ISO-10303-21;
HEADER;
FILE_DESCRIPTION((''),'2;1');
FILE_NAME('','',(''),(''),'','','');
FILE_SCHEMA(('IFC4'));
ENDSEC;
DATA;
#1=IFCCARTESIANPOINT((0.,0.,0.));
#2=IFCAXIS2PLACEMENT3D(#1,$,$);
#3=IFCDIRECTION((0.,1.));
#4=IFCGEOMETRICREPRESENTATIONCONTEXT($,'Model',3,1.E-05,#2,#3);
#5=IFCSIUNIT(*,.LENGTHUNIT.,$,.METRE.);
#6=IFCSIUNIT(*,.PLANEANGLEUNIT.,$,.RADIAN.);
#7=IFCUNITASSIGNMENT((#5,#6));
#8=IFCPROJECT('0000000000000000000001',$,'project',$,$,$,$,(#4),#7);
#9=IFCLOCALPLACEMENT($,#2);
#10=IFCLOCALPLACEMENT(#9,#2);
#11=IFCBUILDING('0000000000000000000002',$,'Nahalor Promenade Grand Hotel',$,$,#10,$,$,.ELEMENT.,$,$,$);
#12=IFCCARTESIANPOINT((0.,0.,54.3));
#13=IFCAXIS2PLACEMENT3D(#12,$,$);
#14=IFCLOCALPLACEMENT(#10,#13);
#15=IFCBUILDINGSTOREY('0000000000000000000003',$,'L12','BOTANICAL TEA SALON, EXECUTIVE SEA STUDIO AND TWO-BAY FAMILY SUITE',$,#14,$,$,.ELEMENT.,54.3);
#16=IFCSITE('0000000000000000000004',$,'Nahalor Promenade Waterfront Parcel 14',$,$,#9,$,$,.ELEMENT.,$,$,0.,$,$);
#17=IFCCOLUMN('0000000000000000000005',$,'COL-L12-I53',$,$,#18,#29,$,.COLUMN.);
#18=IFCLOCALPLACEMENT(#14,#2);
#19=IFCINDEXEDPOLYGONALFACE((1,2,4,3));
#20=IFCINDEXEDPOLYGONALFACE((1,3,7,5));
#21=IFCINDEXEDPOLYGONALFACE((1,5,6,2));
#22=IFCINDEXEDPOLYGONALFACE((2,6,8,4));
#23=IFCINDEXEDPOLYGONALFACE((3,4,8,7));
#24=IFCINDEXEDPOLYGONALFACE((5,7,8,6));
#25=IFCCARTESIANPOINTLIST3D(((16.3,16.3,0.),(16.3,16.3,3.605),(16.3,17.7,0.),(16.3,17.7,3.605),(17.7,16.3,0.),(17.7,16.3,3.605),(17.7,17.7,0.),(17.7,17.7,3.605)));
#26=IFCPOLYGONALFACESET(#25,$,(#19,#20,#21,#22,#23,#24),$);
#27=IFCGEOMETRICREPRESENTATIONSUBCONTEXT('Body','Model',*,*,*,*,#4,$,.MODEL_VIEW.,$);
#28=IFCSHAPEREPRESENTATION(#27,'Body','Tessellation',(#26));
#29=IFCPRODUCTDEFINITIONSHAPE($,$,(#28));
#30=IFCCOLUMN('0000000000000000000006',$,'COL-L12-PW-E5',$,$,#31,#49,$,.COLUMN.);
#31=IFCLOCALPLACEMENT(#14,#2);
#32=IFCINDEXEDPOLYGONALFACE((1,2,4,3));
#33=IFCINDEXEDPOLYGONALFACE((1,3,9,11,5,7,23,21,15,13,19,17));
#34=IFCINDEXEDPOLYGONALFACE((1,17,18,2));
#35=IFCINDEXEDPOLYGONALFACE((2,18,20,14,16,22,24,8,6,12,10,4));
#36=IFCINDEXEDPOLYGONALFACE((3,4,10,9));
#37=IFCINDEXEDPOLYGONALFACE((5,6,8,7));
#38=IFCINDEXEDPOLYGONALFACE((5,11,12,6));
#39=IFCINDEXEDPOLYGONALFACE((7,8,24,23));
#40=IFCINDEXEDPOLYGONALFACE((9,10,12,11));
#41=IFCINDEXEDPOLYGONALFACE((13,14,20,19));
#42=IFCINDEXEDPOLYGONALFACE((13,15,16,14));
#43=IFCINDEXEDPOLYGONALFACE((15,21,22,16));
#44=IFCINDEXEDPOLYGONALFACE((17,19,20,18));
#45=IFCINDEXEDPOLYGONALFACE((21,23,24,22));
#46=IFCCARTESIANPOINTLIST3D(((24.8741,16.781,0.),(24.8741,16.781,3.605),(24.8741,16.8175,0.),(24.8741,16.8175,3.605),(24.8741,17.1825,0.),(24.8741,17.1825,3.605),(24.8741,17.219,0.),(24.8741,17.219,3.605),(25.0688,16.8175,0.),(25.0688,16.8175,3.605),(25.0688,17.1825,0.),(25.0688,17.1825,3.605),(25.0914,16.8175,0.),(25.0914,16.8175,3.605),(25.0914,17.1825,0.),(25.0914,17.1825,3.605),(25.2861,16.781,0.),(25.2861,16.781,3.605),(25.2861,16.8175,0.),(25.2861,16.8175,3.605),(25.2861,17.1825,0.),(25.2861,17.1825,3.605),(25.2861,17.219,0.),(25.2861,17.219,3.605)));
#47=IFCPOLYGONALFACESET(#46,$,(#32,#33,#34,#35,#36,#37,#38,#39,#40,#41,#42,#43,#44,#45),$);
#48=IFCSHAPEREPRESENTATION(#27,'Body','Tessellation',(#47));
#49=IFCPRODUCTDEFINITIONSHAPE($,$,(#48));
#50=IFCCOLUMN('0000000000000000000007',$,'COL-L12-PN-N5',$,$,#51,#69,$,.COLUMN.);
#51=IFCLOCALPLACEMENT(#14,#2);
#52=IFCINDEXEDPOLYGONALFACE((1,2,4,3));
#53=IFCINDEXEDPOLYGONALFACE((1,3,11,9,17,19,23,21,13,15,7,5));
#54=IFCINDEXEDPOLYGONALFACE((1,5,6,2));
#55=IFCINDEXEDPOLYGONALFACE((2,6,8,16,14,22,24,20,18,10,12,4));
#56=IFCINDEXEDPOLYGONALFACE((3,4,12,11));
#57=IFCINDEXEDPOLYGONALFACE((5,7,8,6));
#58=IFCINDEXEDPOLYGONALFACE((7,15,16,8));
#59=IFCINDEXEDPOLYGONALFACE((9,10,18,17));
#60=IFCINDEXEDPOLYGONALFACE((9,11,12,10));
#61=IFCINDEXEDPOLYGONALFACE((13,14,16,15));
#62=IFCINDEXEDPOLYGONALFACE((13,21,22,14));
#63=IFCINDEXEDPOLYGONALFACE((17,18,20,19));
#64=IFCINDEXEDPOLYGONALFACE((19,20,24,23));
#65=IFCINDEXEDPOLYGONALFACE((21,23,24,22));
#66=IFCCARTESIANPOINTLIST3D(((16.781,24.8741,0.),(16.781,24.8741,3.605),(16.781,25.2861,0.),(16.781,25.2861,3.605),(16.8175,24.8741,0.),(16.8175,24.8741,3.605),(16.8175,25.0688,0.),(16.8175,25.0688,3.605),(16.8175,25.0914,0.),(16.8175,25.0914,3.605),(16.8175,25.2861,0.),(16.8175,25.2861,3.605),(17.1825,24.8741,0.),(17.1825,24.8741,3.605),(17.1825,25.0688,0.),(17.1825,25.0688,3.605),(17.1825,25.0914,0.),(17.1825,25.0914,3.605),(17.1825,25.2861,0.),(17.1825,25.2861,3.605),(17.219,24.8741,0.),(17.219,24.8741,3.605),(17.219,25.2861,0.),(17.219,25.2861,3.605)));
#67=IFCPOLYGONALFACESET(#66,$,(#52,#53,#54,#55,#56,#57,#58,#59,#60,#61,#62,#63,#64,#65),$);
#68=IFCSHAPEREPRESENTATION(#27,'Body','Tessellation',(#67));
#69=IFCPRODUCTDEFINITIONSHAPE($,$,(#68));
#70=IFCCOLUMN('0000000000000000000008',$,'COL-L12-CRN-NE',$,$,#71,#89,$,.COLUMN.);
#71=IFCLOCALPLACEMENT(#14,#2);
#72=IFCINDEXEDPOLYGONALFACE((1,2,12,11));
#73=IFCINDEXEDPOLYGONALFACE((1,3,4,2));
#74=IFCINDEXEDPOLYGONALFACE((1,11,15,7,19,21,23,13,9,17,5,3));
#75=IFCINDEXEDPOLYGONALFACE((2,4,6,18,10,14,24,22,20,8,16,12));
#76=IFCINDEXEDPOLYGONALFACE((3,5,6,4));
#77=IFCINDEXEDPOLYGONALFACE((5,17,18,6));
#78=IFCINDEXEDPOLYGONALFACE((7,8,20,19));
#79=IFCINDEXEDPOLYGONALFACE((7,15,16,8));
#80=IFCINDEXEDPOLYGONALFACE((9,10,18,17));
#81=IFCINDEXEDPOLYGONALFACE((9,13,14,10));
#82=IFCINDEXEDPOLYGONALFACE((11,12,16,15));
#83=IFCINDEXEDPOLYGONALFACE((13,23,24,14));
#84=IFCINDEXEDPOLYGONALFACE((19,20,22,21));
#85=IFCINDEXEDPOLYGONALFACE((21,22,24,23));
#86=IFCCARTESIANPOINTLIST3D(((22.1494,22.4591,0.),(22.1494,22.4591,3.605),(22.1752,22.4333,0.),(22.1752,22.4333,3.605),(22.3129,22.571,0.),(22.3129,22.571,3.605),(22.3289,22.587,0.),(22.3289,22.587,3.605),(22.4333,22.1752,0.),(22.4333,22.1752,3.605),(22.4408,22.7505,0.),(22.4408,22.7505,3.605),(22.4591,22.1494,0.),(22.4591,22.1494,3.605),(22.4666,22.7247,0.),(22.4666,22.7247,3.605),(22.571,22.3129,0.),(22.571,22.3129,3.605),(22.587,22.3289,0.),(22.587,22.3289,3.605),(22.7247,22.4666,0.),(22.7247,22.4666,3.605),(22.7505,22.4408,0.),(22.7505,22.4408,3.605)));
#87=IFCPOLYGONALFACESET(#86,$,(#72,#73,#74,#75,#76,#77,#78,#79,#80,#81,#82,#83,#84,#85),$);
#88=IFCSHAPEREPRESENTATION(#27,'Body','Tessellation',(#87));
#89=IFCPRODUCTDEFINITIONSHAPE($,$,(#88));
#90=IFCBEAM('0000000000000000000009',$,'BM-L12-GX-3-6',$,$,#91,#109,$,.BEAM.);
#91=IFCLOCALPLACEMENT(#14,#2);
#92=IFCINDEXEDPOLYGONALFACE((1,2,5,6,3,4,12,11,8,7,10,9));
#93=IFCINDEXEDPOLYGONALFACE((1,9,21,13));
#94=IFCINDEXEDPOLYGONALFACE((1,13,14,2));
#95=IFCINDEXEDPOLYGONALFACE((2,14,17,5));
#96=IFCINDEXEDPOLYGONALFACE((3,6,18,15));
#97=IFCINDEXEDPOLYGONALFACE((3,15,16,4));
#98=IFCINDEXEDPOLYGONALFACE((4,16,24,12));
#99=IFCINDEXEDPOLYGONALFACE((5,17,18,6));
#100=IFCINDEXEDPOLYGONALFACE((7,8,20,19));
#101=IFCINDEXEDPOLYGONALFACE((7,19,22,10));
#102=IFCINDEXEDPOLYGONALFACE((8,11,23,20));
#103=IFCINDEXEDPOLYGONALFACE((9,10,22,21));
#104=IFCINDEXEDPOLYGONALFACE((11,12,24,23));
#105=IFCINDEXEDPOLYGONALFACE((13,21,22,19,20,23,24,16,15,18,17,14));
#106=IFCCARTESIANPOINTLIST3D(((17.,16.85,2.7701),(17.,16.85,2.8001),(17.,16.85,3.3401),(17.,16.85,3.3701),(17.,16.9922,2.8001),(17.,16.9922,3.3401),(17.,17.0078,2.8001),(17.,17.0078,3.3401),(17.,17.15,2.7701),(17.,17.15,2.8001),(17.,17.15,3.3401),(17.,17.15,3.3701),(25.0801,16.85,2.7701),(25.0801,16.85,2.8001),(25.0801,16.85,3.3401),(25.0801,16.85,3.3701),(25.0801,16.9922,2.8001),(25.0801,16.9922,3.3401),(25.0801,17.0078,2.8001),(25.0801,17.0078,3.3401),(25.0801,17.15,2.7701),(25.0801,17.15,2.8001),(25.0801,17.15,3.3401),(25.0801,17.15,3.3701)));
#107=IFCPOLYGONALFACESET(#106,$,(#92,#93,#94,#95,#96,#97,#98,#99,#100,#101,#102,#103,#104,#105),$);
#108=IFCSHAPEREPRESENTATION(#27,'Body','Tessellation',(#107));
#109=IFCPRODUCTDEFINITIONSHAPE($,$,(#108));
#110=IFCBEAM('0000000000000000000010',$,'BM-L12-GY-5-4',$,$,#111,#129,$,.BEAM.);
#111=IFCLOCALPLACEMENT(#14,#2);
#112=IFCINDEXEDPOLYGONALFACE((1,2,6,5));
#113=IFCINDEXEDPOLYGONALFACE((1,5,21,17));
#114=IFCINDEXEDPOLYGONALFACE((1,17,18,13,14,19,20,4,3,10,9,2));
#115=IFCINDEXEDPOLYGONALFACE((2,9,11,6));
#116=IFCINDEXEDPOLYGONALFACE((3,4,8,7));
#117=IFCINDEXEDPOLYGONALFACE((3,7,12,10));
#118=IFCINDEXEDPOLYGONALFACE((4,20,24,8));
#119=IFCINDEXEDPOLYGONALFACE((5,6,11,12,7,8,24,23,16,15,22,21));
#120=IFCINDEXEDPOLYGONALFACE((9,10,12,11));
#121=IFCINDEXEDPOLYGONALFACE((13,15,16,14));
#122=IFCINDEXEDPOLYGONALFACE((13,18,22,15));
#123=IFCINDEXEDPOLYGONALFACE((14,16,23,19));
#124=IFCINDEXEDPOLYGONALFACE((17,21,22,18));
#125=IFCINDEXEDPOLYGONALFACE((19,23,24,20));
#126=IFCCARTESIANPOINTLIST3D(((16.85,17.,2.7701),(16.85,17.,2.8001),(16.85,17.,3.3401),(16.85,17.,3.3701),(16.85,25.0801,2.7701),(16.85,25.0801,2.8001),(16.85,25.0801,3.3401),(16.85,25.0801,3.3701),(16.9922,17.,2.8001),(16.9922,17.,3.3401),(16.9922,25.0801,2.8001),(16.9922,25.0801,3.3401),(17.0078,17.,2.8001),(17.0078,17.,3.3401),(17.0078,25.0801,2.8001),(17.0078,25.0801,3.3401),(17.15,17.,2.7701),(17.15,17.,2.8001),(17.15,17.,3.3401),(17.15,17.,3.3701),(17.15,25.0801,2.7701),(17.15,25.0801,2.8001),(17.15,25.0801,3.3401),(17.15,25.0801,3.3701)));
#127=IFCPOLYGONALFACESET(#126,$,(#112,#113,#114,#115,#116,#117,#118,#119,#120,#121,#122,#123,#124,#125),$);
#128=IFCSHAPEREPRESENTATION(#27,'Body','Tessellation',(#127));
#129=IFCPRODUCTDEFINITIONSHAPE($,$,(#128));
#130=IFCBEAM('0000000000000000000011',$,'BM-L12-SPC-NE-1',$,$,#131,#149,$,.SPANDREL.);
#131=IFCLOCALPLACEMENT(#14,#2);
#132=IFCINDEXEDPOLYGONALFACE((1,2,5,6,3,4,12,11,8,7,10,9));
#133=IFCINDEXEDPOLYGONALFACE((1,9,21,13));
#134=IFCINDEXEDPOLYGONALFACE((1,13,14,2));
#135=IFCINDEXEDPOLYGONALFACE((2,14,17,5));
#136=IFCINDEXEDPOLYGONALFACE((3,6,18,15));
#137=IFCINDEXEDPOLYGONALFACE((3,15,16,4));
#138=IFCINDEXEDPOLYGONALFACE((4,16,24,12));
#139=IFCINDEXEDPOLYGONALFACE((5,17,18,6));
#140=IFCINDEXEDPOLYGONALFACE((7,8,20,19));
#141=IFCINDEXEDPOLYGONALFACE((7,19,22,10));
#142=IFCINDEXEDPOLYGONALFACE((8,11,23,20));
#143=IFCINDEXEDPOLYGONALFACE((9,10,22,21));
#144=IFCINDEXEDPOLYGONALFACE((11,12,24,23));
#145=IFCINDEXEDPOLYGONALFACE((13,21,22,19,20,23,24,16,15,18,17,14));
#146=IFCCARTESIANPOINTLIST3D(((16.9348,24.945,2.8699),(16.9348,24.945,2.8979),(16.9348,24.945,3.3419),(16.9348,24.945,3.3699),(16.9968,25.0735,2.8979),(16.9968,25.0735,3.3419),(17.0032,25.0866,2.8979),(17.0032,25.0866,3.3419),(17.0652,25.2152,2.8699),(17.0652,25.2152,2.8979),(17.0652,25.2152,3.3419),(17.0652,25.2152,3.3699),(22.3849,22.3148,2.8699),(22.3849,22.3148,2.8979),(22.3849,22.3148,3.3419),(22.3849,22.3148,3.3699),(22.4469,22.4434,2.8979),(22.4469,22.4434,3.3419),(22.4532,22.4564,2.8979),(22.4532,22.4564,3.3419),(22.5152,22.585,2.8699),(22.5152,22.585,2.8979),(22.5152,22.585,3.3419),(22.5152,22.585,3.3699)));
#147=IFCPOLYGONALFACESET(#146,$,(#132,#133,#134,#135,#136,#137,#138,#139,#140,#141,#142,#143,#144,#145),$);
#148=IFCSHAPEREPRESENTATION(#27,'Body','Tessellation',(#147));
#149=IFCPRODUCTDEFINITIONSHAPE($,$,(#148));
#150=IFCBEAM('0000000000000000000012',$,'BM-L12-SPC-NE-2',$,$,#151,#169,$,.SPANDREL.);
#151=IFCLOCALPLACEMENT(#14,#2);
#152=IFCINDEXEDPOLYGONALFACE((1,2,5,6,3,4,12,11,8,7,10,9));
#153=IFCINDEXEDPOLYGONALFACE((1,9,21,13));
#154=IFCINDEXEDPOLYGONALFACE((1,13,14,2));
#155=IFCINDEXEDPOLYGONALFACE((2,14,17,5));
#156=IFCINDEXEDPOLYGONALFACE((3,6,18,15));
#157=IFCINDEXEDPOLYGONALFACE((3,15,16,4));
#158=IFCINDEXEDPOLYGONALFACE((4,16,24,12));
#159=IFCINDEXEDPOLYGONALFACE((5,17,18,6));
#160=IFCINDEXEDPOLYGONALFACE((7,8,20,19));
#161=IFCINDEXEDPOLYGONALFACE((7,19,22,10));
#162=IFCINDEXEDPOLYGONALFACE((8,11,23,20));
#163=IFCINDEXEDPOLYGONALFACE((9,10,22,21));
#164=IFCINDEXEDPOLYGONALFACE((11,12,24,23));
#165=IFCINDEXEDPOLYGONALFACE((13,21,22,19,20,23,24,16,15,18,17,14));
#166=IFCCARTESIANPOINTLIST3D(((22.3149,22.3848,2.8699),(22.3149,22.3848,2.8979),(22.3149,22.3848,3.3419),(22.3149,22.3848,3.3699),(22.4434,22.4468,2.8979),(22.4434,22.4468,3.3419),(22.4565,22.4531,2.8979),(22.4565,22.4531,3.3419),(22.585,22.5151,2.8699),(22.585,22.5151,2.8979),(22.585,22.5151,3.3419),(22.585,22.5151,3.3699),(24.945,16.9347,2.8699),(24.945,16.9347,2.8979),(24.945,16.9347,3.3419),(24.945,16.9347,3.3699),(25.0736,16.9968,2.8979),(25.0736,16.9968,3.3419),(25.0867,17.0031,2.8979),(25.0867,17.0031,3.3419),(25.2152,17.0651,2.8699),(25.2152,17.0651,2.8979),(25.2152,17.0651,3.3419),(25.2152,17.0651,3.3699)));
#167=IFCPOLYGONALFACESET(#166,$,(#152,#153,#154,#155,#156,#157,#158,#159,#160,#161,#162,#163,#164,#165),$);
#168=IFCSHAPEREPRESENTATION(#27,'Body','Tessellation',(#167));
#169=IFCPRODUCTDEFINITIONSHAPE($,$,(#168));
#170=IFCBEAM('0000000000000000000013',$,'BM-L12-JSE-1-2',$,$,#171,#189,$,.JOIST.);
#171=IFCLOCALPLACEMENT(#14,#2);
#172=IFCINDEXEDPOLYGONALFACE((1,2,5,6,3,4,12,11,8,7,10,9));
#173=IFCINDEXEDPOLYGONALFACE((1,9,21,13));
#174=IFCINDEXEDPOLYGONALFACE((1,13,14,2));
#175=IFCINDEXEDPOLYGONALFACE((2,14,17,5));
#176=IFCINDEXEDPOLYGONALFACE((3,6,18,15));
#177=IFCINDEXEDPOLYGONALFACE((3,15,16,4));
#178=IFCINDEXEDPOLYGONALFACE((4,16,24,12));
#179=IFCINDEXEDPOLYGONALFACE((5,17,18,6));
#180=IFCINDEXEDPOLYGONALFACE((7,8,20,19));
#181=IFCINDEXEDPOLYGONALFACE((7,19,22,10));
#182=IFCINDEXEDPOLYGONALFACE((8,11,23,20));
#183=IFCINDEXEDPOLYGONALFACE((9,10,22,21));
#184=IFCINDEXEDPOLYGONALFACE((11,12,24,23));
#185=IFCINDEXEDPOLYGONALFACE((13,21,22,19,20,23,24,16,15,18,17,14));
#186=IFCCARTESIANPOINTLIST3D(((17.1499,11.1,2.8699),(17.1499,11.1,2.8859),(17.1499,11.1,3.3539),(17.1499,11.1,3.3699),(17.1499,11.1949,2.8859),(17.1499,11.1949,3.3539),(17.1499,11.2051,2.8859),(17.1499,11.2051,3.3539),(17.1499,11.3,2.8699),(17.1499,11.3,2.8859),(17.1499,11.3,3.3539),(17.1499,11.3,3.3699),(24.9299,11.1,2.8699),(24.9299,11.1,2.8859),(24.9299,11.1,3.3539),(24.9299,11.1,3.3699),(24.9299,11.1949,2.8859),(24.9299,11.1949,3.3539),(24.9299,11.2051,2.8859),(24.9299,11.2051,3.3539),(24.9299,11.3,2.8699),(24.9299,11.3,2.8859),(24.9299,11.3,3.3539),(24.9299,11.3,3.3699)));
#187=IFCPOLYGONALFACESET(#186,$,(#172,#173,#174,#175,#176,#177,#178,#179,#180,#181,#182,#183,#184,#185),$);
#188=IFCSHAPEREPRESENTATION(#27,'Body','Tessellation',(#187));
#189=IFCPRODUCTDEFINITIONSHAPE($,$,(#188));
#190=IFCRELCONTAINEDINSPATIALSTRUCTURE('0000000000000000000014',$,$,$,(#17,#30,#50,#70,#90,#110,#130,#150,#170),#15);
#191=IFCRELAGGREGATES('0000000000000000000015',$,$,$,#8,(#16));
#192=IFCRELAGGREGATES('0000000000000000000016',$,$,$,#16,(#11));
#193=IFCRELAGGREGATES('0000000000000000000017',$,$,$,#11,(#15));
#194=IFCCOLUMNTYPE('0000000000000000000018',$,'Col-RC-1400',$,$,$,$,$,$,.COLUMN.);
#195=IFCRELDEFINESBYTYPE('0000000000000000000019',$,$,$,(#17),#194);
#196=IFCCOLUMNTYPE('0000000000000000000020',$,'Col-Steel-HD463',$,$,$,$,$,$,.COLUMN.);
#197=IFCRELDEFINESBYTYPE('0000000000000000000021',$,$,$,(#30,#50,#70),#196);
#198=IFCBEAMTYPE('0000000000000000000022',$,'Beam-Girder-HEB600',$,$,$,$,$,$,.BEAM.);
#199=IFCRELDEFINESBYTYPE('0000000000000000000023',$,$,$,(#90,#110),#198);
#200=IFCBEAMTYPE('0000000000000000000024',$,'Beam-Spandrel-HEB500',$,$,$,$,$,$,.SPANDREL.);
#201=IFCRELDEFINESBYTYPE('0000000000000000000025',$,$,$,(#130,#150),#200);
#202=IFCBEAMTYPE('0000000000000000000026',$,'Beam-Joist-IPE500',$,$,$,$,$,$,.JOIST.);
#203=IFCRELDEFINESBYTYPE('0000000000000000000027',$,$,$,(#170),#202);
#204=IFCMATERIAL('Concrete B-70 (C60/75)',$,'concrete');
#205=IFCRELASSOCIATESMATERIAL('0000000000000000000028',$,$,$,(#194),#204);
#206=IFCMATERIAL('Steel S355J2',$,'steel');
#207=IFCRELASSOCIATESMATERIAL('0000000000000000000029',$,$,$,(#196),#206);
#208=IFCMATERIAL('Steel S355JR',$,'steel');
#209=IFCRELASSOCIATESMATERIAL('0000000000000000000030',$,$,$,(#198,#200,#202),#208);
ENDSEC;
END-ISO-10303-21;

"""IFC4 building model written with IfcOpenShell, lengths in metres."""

from ifc_helpers import new_model, si_unit, direction, frame, origin, origin_2d, place, context, subcontext, project, spatial, rectangle, i_section, extrude, source, transform, mapped, material, material_profile, profile_set, type_object, element, save


model = new_model("IFC4")

# Units and contexts
model_context = context("Model", 3, precision=1e-05, world=origin(), true_north=direction((0.0, 1.0)))
body_context = subcontext(model_context, "Body", "Model", "MODEL_VIEW")
ifc_project = project(units=[si_unit("LENGTHUNIT", "METRE"), si_unit("PLANEANGLEUNIT", "RADIAN")], contexts=[model_context])

# Site, building, storey
site_placement = place(None, origin())
site = spatial("IfcSite", under=ifc_project, at=site_placement, Name="Nahalor Promenade Waterfront Parcel 14", CompositionType="ELEMENT", RefElevation=0.0)
building_placement = place(site_placement, origin())
building = spatial("IfcBuilding", under=site, at=building_placement, Name="Nahalor Promenade Grand Hotel", CompositionType="ELEMENT")
storey_placement = place(building_placement, frame((0.0, 0.0, 54.3)))
storey = spatial("IfcBuildingStorey", under=building, at=storey_placement, Name="L12", Description="BOTANICAL TEA SALON, EXECUTIVE SEA STUDIO AND TWO-BAY FAMILY SUITE", CompositionType="ELEMENT", Elevation=54.3)

# Columns
ifc_material_1 = material(Name="Concrete B-70 (C60/75)", Category="concrete")
ifc_material_profile_1 = material_profile(ifc_material_1, rectangle(XDim=1.4, YDim=1.4, at=origin_2d()), Name="RC 1400x1400")
ifc_profile_set_1 = profile_set([ifc_material_profile_1], Name="Concrete B-70 (C60/75)")
column_type_1 = type_object("IfcColumnType", Name="Col-RC-1400", PredefinedType="COLUMN", material=ifc_profile_set_1)
shared_shape_1 = source(origin(), body_context, "Body", "SweptSolid", [
    extrude(rectangle(XDim=1.4, YDim=1.4, at=origin_2d()), origin(), (0.0, 0.0, 1.0), 3.605),
])
column_placement = place(storey_placement, frame((17.0, 17.0, 0.0), z_axis=(0.0, 0.0, 1.0), x_axis=(1.0, 0.0, 0.0)))
element("IfcColumn", 1, at=column_placement, inside=storey, type_object=column_type_1, Name="COL-L12-I53", PredefinedType="COLUMN", context=body_context, shape_type="MappedRepresentation", body=[
    mapped(shared_shape_1, transform((0.0, 0.0, 0.0), scale=1.0)),
])
ifc_material_2 = material(Name="Steel S355J2", Category="steel")
ifc_material_profile_2 = material_profile(ifc_material_2, i_section(OverallWidth=0.412, OverallDepth=0.438, WebThickness=0.0226, FlangeThickness=0.0365, at=origin_2d()), Name="HD 400x463")
ifc_profile_set_2 = profile_set([ifc_material_profile_2], Name="Steel S355J2")
column_type_2 = type_object("IfcColumnType", Name="Col-Steel-HD463", PredefinedType="COLUMN", material=ifc_profile_set_2)
shared_shape_2 = source(origin(), body_context, "Body", "SweptSolid", [
    extrude(i_section(OverallWidth=0.412, OverallDepth=0.438, WebThickness=0.0226, FlangeThickness=0.0365, at=origin_2d()), origin(), (0.0, 0.0, 1.0), 3.605),
])
for number, where, z_axis, x_axis, name in (
    (2, (25.0801, 17.0, 0.0), (0.0, 0.0, 1.0), (1.0, 0.0, 0.0), "COL-L12-PW-E5"),
    (3, (17.0, 25.0801, 0.0), (0.0, 0.0, 1.0), (0.0, 1.0, 0.0), "COL-L12-PN-N5"),
    (4, (22.45, 22.45, 0.0), (0.0, 0.0, 1.0), (0.707107, 0.707107, 0.0), "COL-L12-CRN-NE"),
):
    element("IfcColumn", number, at=place(storey_placement, frame(where, z_axis=z_axis, x_axis=x_axis)), inside=storey, type_object=column_type_2, Name=name, PredefinedType="COLUMN", context=body_context, shape_type="MappedRepresentation", body=[
        mapped(shared_shape_2, transform((0.0, 0.0, 0.0), scale=1.0)),
    ])

# Beams
ifc_material_3 = material(Name="Steel S355JR", Category="steel")
ifc_material_profile_3 = material_profile(ifc_material_3, i_section(OverallWidth=0.3, OverallDepth=0.6, WebThickness=0.0155, FlangeThickness=0.03, at=origin_2d()), Name="HEB 600")
ifc_profile_set_3 = profile_set([ifc_material_profile_3], Name="Steel S355JR")
beam_type_1 = type_object("IfcBeamType", Name="Beam-Girder-HEB600", PredefinedType="BEAM", material=ifc_profile_set_3)
shared_shape_3 = source(origin(), body_context, "Body", "SweptSolid", [
    extrude(i_section(OverallWidth=0.3, OverallDepth=0.6, WebThickness=0.0155, FlangeThickness=0.03, at=origin_2d()), origin(), (0.0, 0.0, 1.0), 8.0801),
])
for number, where, z_axis, x_axis, name in (
    (5, (17.0, 17.0, 3.0701), (1.0, 0.0, 0.0), (0.0, 1.0, 0.0), "BM-L12-GX-3-6"),
    (6, (17.0, 17.0, 3.0701), (0.0, 1.0, 0.0), (-1.0, 0.0, 0.0), "BM-L12-GY-5-4"),
):
    element("IfcBeam", number, at=place(storey_placement, frame(where, z_axis=z_axis, x_axis=x_axis)), inside=storey, type_object=beam_type_1, Name=name, PredefinedType="BEAM", context=body_context, shape_type="MappedRepresentation", body=[
        mapped(shared_shape_3, transform((0.0, 0.0, 0.0), scale=1.0)),
    ])
ifc_material_profile_4 = material_profile(ifc_material_3, i_section(OverallWidth=0.3, OverallDepth=0.5, WebThickness=0.0145, FlangeThickness=0.028, at=origin_2d()), Name="HEB 500")
ifc_profile_set_4 = profile_set([ifc_material_profile_4], Name="Steel S355JR")
beam_type_2 = type_object("IfcBeamType", Name="Beam-Spandrel-HEB500", PredefinedType="SPANDREL", material=ifc_profile_set_4)
shared_shape_4 = source(origin(), body_context, "Body", "SweptSolid", [
    extrude(i_section(OverallWidth=0.3, OverallDepth=0.5, WebThickness=0.0145, FlangeThickness=0.028, at=origin_2d()), origin(), (0.0, 0.0, 1.0), 6.0515),
])
for number, where, z_axis, x_axis, name in (
    (7, (17.0, 25.0801, 3.1199), (0.900609, -0.434631, 0.0), (0.434631, 0.900609, 0.0), "BM-L12-SPC-NE-1"),
    (8, (22.45, 22.45, 3.1199), (0.434631, -0.900609, 0.0), (0.900609, 0.434631, 0.0), "BM-L12-SPC-NE-2"),
):
    element("IfcBeam", number, at=place(storey_placement, frame(where, z_axis=z_axis, x_axis=x_axis)), inside=storey, type_object=beam_type_2, Name=name, PredefinedType="SPANDREL", context=body_context, shape_type="MappedRepresentation", body=[
        mapped(shared_shape_4, transform((0.0, 0.0, 0.0), scale=1.0)),
    ])
ifc_material_profile_5 = material_profile(ifc_material_3, i_section(OverallWidth=0.2, OverallDepth=0.5, WebThickness=0.0102, FlangeThickness=0.016, at=origin_2d()), Name="IPE 500")
ifc_profile_set_5 = profile_set([ifc_material_profile_5], Name="Steel S355JR")
beam_type_3 = type_object("IfcBeamType", Name="Beam-Joist-IPE500", PredefinedType="JOIST", material=ifc_profile_set_5)
shared_shape_5 = source(origin(), body_context, "Body", "SweptSolid", [
    extrude(i_section(OverallWidth=0.2, OverallDepth=0.5, WebThickness=0.0102, FlangeThickness=0.016, at=origin_2d()), origin(), (0.0, 0.0, 1.0), 7.78),
])
beam_placement = place(storey_placement, frame((17.1499, 11.2, 3.1199), z_axis=(1.0, 0.0, 0.0), x_axis=(0.0, 1.0, 0.0)))
element("IfcBeam", 9, at=beam_placement, inside=storey, type_object=beam_type_3, Name="BM-L12-JSE-1-2", PredefinedType="JOIST", context=body_context, shape_type="MappedRepresentation", body=[
    mapped(shared_shape_5, transform((0.0, 0.0, 0.0), scale=1.0)),
])

save(model, "model.ifc")
